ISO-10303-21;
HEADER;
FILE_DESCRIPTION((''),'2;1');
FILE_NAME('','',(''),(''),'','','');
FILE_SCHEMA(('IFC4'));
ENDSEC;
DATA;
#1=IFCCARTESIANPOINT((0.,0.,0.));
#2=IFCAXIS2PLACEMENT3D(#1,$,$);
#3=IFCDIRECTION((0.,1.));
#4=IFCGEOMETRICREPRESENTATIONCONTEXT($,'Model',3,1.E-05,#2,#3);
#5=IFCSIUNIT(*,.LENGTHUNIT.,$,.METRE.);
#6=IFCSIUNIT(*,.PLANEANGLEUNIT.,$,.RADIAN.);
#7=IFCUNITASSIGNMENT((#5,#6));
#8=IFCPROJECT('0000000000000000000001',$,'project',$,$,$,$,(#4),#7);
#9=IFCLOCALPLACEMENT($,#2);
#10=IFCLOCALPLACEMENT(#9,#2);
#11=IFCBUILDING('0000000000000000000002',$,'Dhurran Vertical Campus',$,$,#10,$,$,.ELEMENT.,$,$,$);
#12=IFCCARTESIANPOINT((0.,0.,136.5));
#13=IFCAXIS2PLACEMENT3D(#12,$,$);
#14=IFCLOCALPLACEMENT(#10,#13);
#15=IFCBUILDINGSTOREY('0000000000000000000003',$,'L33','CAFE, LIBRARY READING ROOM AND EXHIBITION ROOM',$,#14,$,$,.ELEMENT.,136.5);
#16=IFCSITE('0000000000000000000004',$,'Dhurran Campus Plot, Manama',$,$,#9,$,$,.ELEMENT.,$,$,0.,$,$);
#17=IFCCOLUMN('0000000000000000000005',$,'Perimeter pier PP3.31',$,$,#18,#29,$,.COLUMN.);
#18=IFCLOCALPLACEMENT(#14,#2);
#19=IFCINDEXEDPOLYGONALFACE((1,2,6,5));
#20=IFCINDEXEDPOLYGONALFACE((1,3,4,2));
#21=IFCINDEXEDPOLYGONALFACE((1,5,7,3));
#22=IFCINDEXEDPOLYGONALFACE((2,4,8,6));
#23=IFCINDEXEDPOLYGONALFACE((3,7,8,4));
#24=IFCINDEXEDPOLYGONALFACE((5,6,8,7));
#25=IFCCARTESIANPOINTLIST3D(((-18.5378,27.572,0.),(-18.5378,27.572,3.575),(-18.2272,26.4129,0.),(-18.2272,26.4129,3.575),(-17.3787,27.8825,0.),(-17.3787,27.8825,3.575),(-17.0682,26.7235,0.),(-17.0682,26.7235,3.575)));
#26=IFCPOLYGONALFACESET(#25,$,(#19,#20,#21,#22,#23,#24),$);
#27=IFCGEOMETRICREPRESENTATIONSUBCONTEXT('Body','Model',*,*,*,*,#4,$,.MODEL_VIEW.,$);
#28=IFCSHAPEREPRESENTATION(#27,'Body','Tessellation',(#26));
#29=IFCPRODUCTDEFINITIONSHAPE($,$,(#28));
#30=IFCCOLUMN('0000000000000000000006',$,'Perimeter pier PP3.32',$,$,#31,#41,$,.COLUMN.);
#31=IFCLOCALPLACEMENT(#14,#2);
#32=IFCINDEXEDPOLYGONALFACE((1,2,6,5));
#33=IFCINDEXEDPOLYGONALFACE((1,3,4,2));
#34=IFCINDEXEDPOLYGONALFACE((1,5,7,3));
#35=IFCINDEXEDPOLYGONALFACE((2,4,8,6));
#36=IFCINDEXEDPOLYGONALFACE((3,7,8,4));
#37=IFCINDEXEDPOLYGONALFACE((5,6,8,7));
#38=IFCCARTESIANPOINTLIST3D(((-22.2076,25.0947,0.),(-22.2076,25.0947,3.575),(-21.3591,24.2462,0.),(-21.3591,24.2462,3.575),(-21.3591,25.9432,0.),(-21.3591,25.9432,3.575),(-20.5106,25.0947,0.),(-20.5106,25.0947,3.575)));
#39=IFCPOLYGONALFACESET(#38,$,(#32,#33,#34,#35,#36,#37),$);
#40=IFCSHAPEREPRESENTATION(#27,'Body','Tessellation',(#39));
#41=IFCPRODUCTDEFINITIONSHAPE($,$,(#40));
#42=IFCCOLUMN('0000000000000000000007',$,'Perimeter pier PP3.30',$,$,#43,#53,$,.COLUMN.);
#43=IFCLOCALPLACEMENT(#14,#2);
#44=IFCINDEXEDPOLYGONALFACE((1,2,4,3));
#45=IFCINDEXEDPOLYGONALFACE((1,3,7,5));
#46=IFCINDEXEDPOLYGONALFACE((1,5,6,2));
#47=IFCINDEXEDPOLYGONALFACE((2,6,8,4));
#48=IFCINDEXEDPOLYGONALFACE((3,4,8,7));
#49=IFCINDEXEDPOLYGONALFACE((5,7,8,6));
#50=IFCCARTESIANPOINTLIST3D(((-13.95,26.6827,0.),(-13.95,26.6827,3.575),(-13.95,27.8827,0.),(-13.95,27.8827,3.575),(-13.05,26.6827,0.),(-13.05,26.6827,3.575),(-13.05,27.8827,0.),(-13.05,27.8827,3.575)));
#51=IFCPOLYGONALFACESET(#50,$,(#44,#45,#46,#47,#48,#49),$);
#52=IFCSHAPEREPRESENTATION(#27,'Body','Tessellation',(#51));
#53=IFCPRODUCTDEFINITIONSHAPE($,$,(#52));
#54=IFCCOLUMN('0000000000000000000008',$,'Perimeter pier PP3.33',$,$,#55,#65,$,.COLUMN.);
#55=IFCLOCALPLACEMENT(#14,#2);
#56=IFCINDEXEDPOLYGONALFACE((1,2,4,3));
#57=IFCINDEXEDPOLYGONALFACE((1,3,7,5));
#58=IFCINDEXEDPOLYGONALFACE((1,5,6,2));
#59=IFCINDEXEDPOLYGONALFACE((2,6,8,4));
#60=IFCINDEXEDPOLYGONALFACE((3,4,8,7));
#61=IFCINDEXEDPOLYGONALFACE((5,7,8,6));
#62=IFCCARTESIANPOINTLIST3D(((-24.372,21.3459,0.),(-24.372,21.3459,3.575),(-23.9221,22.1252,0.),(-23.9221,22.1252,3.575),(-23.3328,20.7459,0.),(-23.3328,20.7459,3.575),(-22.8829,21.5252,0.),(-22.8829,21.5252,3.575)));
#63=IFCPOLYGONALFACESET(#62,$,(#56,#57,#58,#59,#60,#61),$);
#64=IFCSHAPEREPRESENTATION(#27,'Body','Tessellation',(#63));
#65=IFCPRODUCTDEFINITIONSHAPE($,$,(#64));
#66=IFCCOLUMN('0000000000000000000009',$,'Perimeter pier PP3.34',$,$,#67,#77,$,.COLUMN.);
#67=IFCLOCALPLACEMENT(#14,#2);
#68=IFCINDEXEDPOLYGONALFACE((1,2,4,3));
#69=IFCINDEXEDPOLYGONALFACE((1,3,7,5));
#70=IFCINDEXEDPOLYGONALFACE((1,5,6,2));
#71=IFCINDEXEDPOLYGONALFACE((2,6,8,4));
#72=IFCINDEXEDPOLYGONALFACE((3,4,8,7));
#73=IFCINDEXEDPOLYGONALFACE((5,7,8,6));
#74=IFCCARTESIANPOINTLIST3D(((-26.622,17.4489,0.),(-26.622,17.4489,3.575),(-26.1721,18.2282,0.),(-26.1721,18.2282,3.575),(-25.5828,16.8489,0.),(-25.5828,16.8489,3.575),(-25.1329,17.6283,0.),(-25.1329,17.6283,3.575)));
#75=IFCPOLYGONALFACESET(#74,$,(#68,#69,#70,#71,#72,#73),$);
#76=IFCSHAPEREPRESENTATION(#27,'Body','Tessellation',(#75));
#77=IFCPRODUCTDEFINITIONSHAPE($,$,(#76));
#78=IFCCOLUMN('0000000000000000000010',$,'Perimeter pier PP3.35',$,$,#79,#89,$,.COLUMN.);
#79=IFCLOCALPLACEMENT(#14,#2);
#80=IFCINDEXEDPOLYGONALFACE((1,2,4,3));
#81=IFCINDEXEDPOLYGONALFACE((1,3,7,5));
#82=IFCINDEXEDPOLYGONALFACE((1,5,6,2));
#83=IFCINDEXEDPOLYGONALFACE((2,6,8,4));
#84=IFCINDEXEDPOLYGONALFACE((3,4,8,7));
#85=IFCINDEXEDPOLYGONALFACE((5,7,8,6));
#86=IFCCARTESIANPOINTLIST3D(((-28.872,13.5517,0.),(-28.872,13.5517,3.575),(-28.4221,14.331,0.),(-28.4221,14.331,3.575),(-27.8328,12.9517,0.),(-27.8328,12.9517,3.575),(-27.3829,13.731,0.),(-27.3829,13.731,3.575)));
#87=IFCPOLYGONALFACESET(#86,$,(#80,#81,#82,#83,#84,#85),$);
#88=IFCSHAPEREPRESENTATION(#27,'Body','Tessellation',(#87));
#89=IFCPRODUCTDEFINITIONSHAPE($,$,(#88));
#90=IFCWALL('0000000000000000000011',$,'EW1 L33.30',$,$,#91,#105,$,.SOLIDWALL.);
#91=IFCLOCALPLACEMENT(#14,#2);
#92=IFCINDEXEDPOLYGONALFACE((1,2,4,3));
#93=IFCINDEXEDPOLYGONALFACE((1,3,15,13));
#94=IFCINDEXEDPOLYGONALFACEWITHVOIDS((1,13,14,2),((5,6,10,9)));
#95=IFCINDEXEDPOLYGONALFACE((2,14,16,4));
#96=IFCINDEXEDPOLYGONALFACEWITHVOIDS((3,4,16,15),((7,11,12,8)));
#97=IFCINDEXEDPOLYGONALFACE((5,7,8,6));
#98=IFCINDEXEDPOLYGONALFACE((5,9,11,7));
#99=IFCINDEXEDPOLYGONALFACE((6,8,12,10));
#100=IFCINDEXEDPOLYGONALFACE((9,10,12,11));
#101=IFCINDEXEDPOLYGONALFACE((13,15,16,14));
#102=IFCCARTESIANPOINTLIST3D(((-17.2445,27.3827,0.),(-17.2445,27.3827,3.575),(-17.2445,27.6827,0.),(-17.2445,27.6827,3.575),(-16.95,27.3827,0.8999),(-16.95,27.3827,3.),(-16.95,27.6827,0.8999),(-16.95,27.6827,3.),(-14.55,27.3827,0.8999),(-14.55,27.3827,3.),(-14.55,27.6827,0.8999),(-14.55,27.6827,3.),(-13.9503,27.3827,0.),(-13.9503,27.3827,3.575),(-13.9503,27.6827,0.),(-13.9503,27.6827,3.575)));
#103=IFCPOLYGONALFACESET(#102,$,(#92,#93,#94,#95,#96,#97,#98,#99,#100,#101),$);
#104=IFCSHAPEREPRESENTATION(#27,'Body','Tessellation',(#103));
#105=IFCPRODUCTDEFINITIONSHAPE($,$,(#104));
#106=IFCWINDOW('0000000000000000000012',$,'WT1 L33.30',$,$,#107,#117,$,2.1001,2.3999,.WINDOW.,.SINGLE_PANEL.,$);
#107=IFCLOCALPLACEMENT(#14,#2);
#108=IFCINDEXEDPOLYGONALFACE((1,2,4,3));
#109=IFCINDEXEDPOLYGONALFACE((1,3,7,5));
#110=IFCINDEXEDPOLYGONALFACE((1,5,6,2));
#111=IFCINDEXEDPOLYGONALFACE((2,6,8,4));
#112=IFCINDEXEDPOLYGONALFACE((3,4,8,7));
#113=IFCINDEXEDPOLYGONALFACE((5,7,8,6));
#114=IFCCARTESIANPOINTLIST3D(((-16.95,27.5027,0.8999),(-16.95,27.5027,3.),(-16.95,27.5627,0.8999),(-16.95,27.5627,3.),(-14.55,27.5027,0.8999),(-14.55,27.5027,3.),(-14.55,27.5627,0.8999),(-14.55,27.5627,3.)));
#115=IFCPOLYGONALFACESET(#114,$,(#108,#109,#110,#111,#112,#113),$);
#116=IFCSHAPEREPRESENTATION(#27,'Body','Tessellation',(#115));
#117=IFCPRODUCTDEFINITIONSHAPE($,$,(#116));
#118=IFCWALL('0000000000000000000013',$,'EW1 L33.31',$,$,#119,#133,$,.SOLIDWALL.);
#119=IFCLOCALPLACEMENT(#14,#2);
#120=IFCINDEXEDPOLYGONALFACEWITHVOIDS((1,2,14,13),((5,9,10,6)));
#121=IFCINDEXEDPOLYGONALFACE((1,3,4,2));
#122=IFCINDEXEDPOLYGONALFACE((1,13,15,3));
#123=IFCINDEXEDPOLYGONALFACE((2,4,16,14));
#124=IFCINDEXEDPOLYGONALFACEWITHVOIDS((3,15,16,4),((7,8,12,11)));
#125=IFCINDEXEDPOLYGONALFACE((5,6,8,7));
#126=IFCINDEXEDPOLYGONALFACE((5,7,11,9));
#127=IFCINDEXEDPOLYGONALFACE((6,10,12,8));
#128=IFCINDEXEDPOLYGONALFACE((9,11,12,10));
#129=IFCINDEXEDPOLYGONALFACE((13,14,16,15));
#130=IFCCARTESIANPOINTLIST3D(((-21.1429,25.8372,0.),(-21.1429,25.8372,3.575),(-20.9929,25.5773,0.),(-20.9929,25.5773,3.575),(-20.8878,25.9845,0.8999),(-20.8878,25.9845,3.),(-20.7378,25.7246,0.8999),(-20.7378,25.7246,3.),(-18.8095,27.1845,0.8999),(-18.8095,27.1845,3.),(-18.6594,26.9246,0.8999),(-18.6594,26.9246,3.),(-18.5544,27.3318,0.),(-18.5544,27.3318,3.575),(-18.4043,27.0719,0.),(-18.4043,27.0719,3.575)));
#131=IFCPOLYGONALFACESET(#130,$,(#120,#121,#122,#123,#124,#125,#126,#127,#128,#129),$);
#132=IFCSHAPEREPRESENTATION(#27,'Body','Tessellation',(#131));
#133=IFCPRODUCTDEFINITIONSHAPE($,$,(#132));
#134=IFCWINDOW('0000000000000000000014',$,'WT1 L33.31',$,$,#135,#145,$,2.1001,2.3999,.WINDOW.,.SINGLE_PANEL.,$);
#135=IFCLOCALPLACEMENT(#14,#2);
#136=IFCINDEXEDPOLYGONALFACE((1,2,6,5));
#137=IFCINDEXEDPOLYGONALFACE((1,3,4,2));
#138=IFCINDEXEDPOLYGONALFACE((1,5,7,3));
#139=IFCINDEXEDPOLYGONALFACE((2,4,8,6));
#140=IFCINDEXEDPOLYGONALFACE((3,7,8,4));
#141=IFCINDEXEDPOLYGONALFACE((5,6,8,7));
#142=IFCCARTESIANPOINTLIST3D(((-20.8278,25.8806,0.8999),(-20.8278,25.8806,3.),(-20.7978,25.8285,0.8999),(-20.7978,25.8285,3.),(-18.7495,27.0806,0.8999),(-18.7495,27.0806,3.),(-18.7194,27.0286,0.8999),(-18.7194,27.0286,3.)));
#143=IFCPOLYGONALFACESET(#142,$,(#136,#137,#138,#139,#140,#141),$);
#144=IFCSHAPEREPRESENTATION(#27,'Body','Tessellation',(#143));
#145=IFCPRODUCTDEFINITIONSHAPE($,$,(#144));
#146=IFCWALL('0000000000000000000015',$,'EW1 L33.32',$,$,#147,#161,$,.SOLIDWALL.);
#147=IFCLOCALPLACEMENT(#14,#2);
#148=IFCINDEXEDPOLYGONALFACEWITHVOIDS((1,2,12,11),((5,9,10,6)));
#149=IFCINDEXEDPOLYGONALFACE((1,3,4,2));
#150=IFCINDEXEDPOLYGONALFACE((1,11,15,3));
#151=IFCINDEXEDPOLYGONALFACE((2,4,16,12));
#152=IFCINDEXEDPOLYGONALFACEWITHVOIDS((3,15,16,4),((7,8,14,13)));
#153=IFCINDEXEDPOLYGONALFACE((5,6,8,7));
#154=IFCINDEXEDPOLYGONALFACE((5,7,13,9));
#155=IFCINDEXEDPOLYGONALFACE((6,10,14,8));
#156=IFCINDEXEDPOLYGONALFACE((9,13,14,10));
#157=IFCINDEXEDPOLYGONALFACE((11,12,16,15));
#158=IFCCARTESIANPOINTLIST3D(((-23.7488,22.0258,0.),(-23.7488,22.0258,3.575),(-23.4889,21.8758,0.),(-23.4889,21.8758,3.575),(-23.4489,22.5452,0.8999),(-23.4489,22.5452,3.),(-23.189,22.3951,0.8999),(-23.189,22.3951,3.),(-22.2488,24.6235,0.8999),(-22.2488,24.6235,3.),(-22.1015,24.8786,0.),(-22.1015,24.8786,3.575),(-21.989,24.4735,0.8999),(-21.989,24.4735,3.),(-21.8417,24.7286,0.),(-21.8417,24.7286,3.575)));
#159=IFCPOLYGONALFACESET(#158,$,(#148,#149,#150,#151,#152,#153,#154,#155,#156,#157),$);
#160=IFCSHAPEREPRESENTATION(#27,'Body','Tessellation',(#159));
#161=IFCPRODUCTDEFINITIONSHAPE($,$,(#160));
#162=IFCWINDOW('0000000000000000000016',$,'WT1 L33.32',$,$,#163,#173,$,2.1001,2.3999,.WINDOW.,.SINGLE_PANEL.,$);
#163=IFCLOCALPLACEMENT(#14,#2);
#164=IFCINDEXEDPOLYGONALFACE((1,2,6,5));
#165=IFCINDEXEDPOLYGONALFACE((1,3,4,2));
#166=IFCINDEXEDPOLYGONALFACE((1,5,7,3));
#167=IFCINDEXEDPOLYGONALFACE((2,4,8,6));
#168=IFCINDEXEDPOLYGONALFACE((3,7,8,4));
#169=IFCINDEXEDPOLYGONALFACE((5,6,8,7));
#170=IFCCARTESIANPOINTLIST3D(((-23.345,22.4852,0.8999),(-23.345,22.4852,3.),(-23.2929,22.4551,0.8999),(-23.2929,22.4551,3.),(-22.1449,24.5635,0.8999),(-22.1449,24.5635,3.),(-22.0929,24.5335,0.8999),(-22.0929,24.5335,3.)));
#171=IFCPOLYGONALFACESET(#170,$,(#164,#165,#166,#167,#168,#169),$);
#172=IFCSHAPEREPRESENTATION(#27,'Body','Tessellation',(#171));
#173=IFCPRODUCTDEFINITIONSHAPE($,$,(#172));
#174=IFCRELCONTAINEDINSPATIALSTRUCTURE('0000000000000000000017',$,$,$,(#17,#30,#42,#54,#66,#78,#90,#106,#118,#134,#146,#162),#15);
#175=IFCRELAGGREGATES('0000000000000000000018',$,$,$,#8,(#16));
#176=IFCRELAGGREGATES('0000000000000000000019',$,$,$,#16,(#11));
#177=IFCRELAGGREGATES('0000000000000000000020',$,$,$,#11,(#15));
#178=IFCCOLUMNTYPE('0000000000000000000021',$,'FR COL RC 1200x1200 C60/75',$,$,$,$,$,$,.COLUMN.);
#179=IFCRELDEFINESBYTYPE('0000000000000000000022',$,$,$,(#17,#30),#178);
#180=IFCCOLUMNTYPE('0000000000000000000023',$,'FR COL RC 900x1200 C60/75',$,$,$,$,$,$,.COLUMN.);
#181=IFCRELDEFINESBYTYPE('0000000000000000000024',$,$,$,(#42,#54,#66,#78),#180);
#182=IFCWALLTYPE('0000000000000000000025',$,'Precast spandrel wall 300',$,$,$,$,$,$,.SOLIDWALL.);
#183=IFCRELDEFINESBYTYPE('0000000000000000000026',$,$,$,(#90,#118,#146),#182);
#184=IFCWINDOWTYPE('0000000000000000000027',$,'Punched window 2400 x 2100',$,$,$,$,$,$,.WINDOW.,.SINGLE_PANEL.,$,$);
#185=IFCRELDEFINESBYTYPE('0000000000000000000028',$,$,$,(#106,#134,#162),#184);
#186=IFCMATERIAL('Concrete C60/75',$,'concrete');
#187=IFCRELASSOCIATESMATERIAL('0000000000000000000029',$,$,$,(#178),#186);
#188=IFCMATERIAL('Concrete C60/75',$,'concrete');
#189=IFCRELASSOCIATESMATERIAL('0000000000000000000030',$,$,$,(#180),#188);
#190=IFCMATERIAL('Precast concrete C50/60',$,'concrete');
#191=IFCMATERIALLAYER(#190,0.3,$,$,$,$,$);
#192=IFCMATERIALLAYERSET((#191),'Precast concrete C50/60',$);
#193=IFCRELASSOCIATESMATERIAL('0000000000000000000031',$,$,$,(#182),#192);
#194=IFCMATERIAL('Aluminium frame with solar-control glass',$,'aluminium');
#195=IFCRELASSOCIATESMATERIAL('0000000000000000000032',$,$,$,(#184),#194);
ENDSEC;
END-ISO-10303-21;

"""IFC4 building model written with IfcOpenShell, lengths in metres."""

from ifc_helpers import new_model, si_unit, direction, frame, frame_2d, origin, origin_2d, place, context, subcontext, project, spatial, rectangle, extrude, material, layer, layer_set, material_profile, profile_set, type_object, element, fill, save


model = new_model("IFC4")

# Units and contexts
model_context = context("Model", 3, precision=1e-05, world=origin(), true_north=direction((0.0, 1.0)))
body_context = subcontext(model_context, "Body", "Model", "MODEL_VIEW")
ifc_project = project(units=[si_unit("LENGTHUNIT", "METRE"), si_unit("PLANEANGLEUNIT", "RADIAN")], contexts=[model_context])

# Site, building, storey
site_placement = place(None, origin())
site = spatial("IfcSite", under=ifc_project, at=site_placement, Name="Dhurran Campus Plot, Manama", CompositionType="ELEMENT", RefElevation=0.0)
building_placement = place(site_placement, origin())
building = spatial("IfcBuilding", under=site, at=building_placement, Name="Dhurran Vertical Campus", CompositionType="ELEMENT")
storey_placement = place(building_placement, frame((0.0, 0.0, 136.5)))
storey = spatial("IfcBuildingStorey", under=building, at=storey_placement, Name="L33", Description="CAFE, LIBRARY READING ROOM AND EXHIBITION ROOM", CompositionType="ELEMENT", Elevation=136.5)

# Columns
ifc_material_1 = material(Name="Concrete C60/75", Category="concrete")
ifc_material_profile_1 = material_profile(ifc_material_1, rectangle(XDim=1.2, YDim=1.2, at=origin_2d()), Name="RC 1200x1200")
ifc_profile_set_1 = profile_set([ifc_material_profile_1], Name="Concrete C60/75")
column_type_1 = type_object("IfcColumnType", Name="FR COL RC 1200x1200 C60/75", PredefinedType="COLUMN", material=ifc_profile_set_1)
for number, where, z_axis, x_axis, name in (
    (1, (-17.803, 27.1477, 0.0), (0.0, 0.0, 1.0), (-0.965926, -0.258819, 0.0), "Perimeter pier PP3.31"),
    (2, (-21.3591, 25.0947, 0.0), (0.0, 0.0, 1.0), (-0.707107, -0.707107, 0.0), "Perimeter pier PP3.32"),
):
    element("IfcColumn", number, at=place(storey_placement, frame(where, z_axis=z_axis, x_axis=x_axis)), inside=storey, type_object=column_type_1, Name=name, PredefinedType="COLUMN", context=body_context, shape_type="SweptSolid", body=[
        extrude(rectangle(XDim=1.2, YDim=1.2, at=origin_2d()), origin(), (0.0, 0.0, 1.0), 3.575),
    ])
ifc_material_2 = material(Name="Concrete C60/75", Category="concrete")
ifc_material_profile_2 = material_profile(ifc_material_2, rectangle(XDim=0.8999, YDim=1.2, at=origin_2d()), Name="RC 900x1200")
ifc_profile_set_2 = profile_set([ifc_material_profile_2], Name="Concrete C60/75")
column_type_2 = type_object("IfcColumnType", Name="FR COL RC 900x1200 C60/75", PredefinedType="COLUMN", material=ifc_profile_set_2)
for number, where, z_axis, x_axis, name in (
    (3, (-13.5, 27.2827, 0.0), (0.0, 0.0, 1.0), (-1.0, 0.0, 0.0), "Perimeter pier PP3.30"),
    (4, (-23.6274, 21.4355, 0.0), (0.0, 0.0, 1.0), (-0.5, -0.866025, 0.0), "Perimeter pier PP3.33"),
    (5, (-25.8774, 17.5386, 0.0), (0.0, 0.0, 1.0), (-0.5, -0.866025, 0.0), "Perimeter pier PP3.34"),
    (6, (-28.1274, 13.6414, 0.0), (0.0, 0.0, 1.0), (-0.5, -0.866025, 0.0), "Perimeter pier PP3.35"),
):
    element("IfcColumn", number, at=place(storey_placement, frame(where, z_axis=z_axis, x_axis=x_axis)), inside=storey, type_object=column_type_2, Name=name, PredefinedType="COLUMN", context=body_context, shape_type="SweptSolid", body=[
        extrude(rectangle(XDim=0.8999, YDim=1.2, at=origin_2d()), origin(), (0.0, 0.0, 1.0), 3.575),
    ])

# Walls, openings, windows
ifc_material_3 = material(Name="Precast concrete C50/60", Category="concrete")
ifc_layer_1 = layer(ifc_material_3, 0.3)
ifc_layer_set_1 = layer_set([ifc_layer_1], Name="Precast concrete C50/60")
wall_type_1 = type_object("IfcWallType", Name="Precast spandrel wall 300", PredefinedType="SOLIDWALL", material=ifc_layer_set_1)
wall_1_placement = place(storey_placement, frame((-13.9504, 27.5327, 0.0), z_axis=(0.0, 0.0, 1.0), x_axis=(-1.0, 0.0, 0.0)))
wall_1 = element("IfcWall", 7, at=wall_1_placement, inside=storey, type_object=wall_type_1, Name="EW1 L33.30", PredefinedType="SOLIDWALL", context=body_context, shape_type="SweptSolid", body=[
    extrude(rectangle(XDim=3.2942, YDim=0.3, at=frame_2d((1.647, 0.0))), origin(), (0.0, 0.0, 1.0), 3.575),
])
opening_1_placement = place(wall_1_placement, frame((0.5996, 0.0, 0.8999)))
opening_1 = element("IfcOpeningElement", 8, at=opening_1_placement, cuts=wall_1, PredefinedType="OPENING", context=body_context, shape_type="SweptSolid", body=[
    extrude(rectangle(XDim=2.3999, YDim=2.1001, at=frame_2d((1.2, 1.05))), frame((0.0, 0.1599, 0.0), z_axis=(0.0, -1.0, 0.0), x_axis=(1.0, 0.0, 0.0)), (0.0, 0.0, 1.0), 0.3201),
])
ifc_material_4 = material(Name="Aluminium frame with solar-control glass", Category="aluminium")
window_type = type_object("IfcWindowType", Name="Punched window 2400 x 2100", PartitioningType="SINGLE_PANEL", PredefinedType="WINDOW", material=ifc_material_4)
window_1_placement = place(opening_1_placement, origin())
window_1 = element("IfcWindow", 9, at=window_1_placement, inside=storey, type_object=window_type, Name="WT1 L33.30", OverallHeight=2.1001, OverallWidth=2.3999, PartitioningType="SINGLE_PANEL", PredefinedType="WINDOW", context=body_context, shape_type="SweptSolid", body=[
    extrude(rectangle(XDim=2.3999, YDim=2.1001, at=frame_2d((1.2, 1.05))), frame((0.0, 0.03, 0.0), z_axis=(0.0, -1.0, 0.0), x_axis=(1.0, 0.0, 0.0)), (0.0, 0.0, 1.0), 0.0601),
])
fill(opening_1, window_1)
wall_2_placement = place(storey_placement, frame((-18.4792, 27.2019, 0.0), z_axis=(0.0, 0.0, 1.0), x_axis=(-0.866013, -0.500022, 0.0)))
wall_2 = element("IfcWall", 10, at=wall_2_placement, inside=storey, type_object=wall_type_1, Name="EW1 L33.31", PredefinedType="SOLIDWALL", context=body_context, shape_type="SweptSolid", body=[
    extrude(rectangle(XDim=2.989, YDim=0.3, at=frame_2d((1.4946, 0.0))), origin(), (0.0, 0.0, 1.0), 3.575),
])
opening_2_placement = place(wall_2_placement, frame((0.2947, 0.0, 0.8999)))
opening_2 = element("IfcOpeningElement", 11, at=opening_2_placement, cuts=wall_2, PredefinedType="OPENING", context=body_context, shape_type="SweptSolid", body=[
    extrude(rectangle(XDim=2.3999, YDim=2.1001, at=frame_2d((1.2, 1.05))), frame((0.0, 0.1599, 0.0), z_axis=(0.0, -1.0, 0.0), x_axis=(1.0, 0.0, 0.0)), (0.0, 0.0, 1.0), 0.3201),
])
window_2_placement = place(opening_2_placement, origin())
window_2 = element("IfcWindow", 12, at=window_2_placement, inside=storey, type_object=window_type, Name="WT1 L33.31", OverallHeight=2.1001, OverallWidth=2.3999, PartitioningType="SINGLE_PANEL", PredefinedType="WINDOW", context=body_context, shape_type="SweptSolid", body=[
    extrude(rectangle(XDim=2.3999, YDim=2.1001, at=frame_2d((1.2, 1.05))), frame((0.0, 0.03, 0.0), z_axis=(0.0, -1.0, 0.0), x_axis=(1.0, 0.0, 0.0)), (0.0, 0.0, 1.0), 0.0601),
])
fill(opening_2, window_2)
wall_3_placement = place(storey_placement, frame((-21.9717, 24.8035, 0.0), z_axis=(0.0, 0.0, 1.0), x_axis=(-0.500037, -0.866004, 0.0)))
wall_3 = element("IfcWall", 13, at=wall_3_placement, inside=storey, type_object=wall_type_1, Name="EW1 L33.32", PredefinedType="SOLIDWALL", context=body_context, shape_type="SweptSolid", body=[
    extrude(rectangle(XDim=3.2942, YDim=0.3, at=frame_2d((1.647, 0.0))), origin(), (0.0, 0.0, 1.0), 3.575),
])
opening_3_placement = place(wall_3_placement, frame((0.2944, 0.0, 0.8999)))
opening_3 = element("IfcOpeningElement", 14, at=opening_3_placement, cuts=wall_3, PredefinedType="OPENING", context=body_context, shape_type="SweptSolid", body=[
    extrude(rectangle(XDim=2.3999, YDim=2.1001, at=frame_2d((1.2, 1.05))), frame((0.0, 0.1599, 0.0), z_axis=(0.0, -1.0, 0.0), x_axis=(1.0, 0.0, 0.0)), (0.0, 0.0, 1.0), 0.3201),
])
window_3_placement = place(opening_3_placement, origin())
window_3 = element("IfcWindow", 15, at=window_3_placement, inside=storey, type_object=window_type, Name="WT1 L33.32", OverallHeight=2.1001, OverallWidth=2.3999, PartitioningType="SINGLE_PANEL", PredefinedType="WINDOW", context=body_context, shape_type="SweptSolid", body=[
    extrude(rectangle(XDim=2.3999, YDim=2.1001, at=frame_2d((1.2, 1.05))), frame((0.0, 0.03, 0.0), z_axis=(0.0, -1.0, 0.0), x_axis=(1.0, 0.0, 0.0)), (0.0, 0.0, 1.0), 0.0601),
])
fill(opening_3, window_3)

save(model, "model.ifc")
